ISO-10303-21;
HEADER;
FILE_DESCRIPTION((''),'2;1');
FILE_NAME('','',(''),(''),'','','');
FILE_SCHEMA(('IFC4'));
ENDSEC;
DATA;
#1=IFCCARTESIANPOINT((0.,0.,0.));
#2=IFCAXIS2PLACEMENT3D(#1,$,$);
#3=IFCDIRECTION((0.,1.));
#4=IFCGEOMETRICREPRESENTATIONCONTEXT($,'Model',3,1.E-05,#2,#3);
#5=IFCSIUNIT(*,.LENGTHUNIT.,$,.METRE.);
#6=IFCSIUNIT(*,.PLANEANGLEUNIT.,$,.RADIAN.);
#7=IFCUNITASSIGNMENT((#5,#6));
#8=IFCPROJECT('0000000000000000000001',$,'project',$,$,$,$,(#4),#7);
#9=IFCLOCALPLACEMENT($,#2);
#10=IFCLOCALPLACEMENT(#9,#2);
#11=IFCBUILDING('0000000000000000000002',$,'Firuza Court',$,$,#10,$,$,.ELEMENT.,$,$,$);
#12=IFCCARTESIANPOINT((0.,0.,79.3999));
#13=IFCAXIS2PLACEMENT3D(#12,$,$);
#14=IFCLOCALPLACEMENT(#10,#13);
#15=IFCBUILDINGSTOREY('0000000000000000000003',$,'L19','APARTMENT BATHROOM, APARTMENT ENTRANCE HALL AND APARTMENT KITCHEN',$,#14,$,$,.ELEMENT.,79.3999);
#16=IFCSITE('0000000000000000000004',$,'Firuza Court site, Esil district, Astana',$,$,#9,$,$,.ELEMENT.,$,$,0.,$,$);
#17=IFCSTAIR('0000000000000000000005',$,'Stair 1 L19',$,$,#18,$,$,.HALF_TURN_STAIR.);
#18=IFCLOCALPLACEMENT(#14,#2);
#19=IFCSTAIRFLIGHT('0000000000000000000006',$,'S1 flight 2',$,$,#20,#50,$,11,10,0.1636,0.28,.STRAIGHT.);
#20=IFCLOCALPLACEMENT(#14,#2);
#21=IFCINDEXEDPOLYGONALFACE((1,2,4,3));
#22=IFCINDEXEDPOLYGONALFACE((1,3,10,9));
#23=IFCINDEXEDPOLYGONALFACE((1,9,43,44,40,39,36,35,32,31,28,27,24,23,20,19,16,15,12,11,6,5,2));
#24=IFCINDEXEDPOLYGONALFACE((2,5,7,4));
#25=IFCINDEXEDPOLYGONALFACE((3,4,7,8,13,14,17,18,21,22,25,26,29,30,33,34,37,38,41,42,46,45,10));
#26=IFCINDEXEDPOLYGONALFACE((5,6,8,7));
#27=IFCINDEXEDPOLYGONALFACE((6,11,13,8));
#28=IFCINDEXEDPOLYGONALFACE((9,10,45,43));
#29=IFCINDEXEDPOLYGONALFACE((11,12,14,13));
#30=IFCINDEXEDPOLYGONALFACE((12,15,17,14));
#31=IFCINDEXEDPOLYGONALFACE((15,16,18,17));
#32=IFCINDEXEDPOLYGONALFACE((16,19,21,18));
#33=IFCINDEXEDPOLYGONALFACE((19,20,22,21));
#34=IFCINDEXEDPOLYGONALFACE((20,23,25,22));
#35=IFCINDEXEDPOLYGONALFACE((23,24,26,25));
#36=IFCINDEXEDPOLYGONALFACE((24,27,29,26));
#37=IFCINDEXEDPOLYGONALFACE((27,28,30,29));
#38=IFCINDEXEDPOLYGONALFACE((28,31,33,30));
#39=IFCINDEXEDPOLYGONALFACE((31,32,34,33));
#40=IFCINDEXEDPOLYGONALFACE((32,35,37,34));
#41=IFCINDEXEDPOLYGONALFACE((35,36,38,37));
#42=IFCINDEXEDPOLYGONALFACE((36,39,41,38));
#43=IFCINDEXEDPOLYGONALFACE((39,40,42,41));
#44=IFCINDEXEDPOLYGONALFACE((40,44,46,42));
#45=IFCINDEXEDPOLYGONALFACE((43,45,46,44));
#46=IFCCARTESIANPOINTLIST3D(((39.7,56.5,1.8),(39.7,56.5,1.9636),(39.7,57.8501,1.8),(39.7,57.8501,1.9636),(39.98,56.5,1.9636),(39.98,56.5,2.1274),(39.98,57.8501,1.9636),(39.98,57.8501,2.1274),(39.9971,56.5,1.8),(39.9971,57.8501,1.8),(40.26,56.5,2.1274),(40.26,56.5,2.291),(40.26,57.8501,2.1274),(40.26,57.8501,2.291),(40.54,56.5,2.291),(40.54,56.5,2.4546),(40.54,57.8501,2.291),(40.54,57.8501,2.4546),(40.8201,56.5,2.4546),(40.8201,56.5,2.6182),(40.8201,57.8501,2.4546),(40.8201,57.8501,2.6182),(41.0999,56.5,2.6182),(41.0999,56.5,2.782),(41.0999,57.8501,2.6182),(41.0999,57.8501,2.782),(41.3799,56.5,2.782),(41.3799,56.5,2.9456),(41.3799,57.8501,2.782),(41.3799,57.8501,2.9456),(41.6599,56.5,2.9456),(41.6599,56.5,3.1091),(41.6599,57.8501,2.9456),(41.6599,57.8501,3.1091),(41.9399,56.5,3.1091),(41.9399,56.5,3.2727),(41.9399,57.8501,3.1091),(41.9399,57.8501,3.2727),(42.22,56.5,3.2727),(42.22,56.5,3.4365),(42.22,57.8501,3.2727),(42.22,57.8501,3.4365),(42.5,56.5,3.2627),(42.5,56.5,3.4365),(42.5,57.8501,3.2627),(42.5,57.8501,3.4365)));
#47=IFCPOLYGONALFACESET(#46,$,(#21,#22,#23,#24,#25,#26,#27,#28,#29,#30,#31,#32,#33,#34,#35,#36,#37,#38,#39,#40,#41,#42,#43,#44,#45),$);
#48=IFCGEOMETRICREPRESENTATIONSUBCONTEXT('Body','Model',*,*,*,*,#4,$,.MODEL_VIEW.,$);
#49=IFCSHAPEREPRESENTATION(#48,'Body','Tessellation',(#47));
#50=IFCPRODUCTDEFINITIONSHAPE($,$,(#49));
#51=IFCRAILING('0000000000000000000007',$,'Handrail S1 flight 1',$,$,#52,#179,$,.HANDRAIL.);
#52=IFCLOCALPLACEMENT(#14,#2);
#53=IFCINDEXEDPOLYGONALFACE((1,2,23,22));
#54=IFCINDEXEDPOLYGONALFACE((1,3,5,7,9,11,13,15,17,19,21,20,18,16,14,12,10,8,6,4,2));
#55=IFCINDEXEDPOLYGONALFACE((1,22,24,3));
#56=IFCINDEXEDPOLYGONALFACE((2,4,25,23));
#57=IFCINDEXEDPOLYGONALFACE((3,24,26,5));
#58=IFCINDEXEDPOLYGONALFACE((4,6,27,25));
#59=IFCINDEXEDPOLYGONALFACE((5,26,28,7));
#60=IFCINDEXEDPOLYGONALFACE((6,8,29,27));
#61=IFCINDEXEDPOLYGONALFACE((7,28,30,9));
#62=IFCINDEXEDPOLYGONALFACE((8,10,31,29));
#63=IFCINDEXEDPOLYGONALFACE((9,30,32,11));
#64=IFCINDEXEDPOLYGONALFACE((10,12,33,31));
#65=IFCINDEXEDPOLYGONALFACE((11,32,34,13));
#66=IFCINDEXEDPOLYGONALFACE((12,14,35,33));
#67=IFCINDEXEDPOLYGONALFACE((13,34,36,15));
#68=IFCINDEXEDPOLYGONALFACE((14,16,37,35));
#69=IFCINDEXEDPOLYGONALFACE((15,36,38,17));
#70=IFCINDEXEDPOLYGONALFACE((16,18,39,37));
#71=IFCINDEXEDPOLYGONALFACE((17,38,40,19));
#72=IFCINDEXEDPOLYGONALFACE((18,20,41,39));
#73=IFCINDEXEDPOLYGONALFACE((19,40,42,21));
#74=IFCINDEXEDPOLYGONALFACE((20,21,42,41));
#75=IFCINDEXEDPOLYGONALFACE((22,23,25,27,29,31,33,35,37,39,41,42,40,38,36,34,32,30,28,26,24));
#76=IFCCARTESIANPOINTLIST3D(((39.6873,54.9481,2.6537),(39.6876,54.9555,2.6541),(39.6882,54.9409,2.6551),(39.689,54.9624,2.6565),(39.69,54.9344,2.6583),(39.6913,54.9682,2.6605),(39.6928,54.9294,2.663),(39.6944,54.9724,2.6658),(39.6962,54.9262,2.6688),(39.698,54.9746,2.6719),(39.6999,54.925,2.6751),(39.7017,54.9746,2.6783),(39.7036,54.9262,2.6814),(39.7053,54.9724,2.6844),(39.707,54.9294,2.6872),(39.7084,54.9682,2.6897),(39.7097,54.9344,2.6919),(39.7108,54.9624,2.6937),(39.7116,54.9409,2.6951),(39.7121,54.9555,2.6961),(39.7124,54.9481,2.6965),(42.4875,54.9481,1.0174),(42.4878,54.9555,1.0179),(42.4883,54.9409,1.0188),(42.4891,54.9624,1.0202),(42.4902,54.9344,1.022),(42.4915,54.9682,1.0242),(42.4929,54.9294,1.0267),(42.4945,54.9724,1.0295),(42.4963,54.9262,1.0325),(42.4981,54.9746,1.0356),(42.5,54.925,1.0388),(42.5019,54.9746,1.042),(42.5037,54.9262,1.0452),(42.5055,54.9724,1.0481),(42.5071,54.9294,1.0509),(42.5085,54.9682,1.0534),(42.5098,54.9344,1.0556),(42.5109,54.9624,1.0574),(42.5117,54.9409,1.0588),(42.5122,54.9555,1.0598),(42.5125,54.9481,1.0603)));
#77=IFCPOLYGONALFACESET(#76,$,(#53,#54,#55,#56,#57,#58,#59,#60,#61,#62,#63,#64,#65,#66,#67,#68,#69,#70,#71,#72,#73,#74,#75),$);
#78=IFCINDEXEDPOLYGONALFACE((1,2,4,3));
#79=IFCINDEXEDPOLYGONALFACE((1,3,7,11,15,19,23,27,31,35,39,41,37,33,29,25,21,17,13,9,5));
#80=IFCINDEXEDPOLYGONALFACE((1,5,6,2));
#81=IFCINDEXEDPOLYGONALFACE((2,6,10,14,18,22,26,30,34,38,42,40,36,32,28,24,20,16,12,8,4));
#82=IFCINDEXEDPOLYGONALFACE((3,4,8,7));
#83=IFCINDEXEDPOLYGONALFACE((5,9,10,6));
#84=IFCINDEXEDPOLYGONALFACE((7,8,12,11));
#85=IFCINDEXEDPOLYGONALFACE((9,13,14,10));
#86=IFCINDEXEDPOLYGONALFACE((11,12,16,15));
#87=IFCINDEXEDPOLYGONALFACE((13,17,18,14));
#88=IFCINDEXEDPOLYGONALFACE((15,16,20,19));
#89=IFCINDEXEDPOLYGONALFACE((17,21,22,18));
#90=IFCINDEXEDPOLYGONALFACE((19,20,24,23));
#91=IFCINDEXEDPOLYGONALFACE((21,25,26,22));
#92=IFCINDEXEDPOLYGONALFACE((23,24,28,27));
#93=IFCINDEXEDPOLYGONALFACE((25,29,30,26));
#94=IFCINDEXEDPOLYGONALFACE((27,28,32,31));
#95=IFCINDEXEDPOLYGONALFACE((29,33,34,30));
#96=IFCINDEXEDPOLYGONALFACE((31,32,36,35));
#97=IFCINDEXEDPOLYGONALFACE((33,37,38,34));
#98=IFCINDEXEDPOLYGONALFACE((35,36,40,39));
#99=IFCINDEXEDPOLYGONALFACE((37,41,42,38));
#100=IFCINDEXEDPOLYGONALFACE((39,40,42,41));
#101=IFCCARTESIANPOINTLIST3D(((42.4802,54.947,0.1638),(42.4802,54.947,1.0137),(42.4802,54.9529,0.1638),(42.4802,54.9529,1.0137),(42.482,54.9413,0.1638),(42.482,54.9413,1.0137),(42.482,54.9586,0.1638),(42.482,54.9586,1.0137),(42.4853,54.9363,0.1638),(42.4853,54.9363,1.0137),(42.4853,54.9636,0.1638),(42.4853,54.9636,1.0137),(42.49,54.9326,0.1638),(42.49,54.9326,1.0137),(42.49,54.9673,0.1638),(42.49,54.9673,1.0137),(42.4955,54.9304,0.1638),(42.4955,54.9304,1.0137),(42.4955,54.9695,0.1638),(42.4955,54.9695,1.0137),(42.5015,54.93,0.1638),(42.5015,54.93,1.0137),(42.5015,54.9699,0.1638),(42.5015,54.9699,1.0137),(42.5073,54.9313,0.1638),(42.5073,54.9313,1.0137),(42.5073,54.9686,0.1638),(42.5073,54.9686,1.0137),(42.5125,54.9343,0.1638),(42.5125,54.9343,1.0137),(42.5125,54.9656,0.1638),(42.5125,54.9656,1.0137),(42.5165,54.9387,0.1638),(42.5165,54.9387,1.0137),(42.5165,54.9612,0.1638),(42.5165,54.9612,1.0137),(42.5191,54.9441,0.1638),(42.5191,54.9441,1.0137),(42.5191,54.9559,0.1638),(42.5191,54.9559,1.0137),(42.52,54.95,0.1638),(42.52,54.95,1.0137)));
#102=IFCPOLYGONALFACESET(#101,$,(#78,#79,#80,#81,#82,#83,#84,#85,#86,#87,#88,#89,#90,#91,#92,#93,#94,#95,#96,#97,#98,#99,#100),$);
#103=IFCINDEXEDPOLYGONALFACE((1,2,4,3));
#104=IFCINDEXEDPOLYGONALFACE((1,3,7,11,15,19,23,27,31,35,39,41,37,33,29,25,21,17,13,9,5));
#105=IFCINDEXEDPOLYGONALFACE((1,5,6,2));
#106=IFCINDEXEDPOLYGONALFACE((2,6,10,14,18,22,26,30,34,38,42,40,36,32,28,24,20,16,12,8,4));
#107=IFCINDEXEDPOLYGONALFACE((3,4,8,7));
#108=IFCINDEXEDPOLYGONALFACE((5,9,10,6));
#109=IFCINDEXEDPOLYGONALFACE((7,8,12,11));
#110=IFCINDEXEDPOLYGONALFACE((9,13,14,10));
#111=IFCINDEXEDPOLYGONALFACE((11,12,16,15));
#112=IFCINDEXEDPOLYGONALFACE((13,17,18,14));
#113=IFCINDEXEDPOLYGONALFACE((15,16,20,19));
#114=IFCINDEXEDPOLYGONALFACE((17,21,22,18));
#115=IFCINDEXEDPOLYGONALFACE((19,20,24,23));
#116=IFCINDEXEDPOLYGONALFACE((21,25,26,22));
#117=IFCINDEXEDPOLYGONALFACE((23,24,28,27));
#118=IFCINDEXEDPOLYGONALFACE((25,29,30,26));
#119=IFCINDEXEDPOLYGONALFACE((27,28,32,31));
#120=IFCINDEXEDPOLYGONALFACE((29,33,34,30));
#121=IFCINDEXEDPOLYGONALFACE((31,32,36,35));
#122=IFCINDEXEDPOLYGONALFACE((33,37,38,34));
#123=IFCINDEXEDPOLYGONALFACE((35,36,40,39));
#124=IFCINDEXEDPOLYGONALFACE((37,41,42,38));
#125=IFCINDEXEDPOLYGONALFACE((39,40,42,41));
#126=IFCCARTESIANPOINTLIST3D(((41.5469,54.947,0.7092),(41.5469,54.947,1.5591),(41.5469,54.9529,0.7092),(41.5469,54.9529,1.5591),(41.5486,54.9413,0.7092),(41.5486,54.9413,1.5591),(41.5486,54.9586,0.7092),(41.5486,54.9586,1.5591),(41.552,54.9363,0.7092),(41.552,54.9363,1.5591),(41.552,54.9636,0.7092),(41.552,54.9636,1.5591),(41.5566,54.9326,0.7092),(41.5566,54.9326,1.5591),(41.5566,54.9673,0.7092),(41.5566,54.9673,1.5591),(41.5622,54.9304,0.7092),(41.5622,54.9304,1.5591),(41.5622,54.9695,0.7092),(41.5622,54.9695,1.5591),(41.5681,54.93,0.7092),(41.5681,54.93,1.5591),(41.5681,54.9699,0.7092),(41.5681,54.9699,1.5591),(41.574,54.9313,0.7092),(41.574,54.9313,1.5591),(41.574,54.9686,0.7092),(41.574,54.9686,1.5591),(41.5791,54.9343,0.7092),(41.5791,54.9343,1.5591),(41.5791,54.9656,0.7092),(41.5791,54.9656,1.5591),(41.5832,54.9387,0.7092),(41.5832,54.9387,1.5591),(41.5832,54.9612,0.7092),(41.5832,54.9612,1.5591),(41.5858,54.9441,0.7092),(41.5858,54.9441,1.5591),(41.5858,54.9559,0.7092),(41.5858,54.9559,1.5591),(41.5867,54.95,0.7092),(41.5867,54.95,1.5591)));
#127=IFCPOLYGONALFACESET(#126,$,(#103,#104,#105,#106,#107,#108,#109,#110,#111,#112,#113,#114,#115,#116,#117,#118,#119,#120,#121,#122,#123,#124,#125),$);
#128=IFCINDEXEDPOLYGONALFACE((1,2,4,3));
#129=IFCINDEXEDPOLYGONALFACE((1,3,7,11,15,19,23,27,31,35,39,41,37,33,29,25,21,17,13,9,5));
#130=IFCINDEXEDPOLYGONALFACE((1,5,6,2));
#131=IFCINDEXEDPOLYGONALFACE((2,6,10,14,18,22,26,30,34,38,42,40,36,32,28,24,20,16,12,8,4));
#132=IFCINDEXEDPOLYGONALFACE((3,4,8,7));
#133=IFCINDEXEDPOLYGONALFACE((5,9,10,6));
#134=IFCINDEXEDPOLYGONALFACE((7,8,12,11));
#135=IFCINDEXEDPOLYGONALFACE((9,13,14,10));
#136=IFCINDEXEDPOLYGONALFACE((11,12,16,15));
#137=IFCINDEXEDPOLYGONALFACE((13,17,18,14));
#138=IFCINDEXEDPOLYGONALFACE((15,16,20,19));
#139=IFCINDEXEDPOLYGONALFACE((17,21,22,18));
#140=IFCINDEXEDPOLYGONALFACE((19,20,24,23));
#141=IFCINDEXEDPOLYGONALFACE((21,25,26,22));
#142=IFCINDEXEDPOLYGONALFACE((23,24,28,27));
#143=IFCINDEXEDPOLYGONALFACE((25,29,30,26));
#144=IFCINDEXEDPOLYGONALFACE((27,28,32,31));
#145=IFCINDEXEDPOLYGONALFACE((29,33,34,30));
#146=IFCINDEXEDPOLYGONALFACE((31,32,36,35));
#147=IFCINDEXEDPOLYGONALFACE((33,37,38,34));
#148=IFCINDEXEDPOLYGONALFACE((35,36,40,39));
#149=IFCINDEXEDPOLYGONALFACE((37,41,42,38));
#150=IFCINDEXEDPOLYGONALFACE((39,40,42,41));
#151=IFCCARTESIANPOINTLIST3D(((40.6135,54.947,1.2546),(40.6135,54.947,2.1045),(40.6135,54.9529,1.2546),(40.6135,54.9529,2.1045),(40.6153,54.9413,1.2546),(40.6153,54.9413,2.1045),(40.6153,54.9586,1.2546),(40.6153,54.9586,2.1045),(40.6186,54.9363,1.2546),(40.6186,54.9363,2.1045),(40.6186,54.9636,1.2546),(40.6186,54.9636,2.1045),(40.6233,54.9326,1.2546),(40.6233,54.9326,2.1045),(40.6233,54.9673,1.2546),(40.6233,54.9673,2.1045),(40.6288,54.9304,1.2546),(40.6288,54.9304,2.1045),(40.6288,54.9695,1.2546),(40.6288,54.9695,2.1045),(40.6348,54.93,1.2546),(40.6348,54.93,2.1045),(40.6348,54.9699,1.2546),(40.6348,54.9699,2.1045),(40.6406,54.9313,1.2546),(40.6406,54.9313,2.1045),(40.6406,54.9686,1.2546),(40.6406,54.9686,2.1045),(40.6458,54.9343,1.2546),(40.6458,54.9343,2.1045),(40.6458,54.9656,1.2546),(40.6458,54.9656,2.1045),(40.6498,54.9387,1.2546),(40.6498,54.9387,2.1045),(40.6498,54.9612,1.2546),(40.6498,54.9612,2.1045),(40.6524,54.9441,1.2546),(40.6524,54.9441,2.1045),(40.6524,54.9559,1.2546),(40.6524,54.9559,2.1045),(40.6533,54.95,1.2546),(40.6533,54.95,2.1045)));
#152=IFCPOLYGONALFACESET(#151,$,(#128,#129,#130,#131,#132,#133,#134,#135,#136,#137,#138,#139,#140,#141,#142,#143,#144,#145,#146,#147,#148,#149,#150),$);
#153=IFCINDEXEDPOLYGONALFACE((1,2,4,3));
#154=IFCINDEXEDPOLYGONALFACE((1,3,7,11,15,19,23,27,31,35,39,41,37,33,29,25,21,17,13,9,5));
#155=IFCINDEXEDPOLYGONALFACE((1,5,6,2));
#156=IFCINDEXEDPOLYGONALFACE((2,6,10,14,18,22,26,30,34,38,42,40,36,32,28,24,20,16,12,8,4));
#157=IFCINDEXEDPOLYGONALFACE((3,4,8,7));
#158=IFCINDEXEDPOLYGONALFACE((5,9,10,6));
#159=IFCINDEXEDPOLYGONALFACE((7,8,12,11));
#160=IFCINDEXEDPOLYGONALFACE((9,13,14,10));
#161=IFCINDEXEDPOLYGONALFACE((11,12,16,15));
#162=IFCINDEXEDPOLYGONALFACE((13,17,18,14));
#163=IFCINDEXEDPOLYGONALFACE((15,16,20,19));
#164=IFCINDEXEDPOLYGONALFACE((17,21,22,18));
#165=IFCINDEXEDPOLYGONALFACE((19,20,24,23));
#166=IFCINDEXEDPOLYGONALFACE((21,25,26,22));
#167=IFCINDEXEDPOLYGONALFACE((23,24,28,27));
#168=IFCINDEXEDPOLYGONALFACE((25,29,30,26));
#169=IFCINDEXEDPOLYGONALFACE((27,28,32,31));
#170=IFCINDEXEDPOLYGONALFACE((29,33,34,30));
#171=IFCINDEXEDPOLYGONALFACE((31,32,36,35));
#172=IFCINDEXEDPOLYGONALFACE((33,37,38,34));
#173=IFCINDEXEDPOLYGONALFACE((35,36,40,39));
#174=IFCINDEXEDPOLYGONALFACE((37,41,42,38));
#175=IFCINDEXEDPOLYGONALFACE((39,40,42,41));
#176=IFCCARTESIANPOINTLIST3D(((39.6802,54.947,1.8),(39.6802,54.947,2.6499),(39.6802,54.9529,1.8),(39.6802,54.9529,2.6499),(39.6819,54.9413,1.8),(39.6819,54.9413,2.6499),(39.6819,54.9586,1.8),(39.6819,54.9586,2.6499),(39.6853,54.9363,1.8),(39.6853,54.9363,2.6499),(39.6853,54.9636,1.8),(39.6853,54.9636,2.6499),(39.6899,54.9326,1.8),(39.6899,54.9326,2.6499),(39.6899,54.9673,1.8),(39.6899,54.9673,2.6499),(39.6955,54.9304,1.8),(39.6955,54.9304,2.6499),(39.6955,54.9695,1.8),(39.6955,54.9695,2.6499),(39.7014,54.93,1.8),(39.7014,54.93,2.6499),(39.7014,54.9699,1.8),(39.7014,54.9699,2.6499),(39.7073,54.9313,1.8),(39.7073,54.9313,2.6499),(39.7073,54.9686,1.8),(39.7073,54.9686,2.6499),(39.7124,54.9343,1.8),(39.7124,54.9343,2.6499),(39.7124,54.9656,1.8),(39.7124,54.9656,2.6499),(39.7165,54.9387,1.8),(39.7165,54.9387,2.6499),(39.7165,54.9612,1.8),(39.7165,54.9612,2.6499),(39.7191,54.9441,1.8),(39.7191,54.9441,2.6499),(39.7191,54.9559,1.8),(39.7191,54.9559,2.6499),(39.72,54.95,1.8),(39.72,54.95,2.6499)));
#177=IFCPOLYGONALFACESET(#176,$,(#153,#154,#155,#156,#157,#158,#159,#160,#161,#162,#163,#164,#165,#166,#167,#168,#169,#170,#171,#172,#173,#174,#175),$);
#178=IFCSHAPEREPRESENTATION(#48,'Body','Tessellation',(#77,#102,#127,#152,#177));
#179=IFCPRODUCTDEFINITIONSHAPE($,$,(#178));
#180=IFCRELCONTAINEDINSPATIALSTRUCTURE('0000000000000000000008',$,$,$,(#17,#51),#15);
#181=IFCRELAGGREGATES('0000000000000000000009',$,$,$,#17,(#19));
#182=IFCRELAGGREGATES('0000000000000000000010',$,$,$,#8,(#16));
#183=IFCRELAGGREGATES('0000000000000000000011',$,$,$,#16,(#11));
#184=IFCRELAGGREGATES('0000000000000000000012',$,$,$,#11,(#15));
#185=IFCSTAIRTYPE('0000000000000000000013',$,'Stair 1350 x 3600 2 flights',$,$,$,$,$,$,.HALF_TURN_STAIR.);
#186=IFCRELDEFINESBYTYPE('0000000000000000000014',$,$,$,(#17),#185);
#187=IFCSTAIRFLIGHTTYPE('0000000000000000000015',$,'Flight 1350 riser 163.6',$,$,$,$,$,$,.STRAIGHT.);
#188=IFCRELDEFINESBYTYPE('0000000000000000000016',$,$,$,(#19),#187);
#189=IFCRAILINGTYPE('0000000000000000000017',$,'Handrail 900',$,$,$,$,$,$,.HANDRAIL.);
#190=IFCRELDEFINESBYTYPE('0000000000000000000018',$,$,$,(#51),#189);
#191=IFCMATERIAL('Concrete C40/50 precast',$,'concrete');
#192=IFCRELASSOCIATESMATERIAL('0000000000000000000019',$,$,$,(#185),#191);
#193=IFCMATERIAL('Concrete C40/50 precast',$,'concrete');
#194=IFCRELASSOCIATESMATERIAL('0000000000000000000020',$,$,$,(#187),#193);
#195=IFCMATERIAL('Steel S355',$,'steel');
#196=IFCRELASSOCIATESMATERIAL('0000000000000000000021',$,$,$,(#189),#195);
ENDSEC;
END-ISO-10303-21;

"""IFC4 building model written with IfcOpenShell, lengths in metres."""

from ifc_helpers import new_model, si_unit, direction, frame, origin, origin_2d, place, context, subcontext, project, spatial, polyline, circle, outline, extrude, material, type_object, element, aggregate, save


model = new_model("IFC4")

# Units and contexts
model_context = context("Model", 3, precision=1e-05, world=origin(), true_north=direction((0.0, 1.0)))
body_context = subcontext(model_context, "Body", "Model", "MODEL_VIEW")
ifc_project = project(units=[si_unit("LENGTHUNIT", "METRE"), si_unit("PLANEANGLEUNIT", "RADIAN")], contexts=[model_context])

# Site, building, storey
site_placement = place(None, origin())
site = spatial("IfcSite", under=ifc_project, at=site_placement, Name="Firuza Court site, Esil district, Astana", CompositionType="ELEMENT", RefElevation=0.0)
building_placement = place(site_placement, origin())
building = spatial("IfcBuilding", under=site, at=building_placement, Name="Firuza Court", CompositionType="ELEMENT")
storey_placement = place(building_placement, frame((0.0, 0.0, 79.3999)))
storey = spatial("IfcBuildingStorey", under=building, at=storey_placement, Name="L19", Description="APARTMENT BATHROOM, APARTMENT ENTRANCE HALL AND APARTMENT KITCHEN", CompositionType="ELEMENT", Elevation=79.3999)

# Stair, stair flight
ifc_material_1 = material(Name="Concrete C40/50 precast", Category="concrete")
stair_type = type_object("IfcStairType", Name="Stair 1350 x 3600 2 flights", PredefinedType="HALF_TURN_STAIR", material=ifc_material_1)
stair_placement = place(storey_placement, origin())
stair = element("IfcStair", 1, at=stair_placement, inside=storey, type_object=stair_type, Name="Stair 1 L19", PredefinedType="HALF_TURN_STAIR")
ifc_material_2 = material(Name="Concrete C40/50 precast", Category="concrete")
stair_flight_type = type_object("IfcStairFlightType", Name="Flight 1350 riser 163.6", PredefinedType="STRAIGHT", material=ifc_material_2)
stair_flight_1_placement = place(storey_placement, frame((39.7, 57.175, 1.8), z_axis=(0.0, 0.0, 1.0), x_axis=(1.0, 0.0, 0.0)))
stair_flight_1 = element("IfcStairFlight", 2, at=stair_flight_1_placement, type_object=stair_flight_type, Name="S1 flight 2", NumberOfRisers=11, NumberOfTreads=10, PredefinedType="STRAIGHT", RiserHeight=0.1636, TreadLength=0.28, context=body_context, shape_type="SweptSolid", body=[
    extrude(outline(polyline([(0.0, 0.0), (0.0, 0.1636), (0.28, 0.1636), (0.28, 0.3274), (0.5601, 0.3274), (0.5601, 0.491), (0.8401, 0.491), (0.8401, 0.6545), (1.1201, 0.6545), (1.1201, 0.8181), (1.3999, 0.8181), (1.3999, 0.9819), (1.6799, 0.9819), (1.6799, 1.1455), (1.96, 1.1455), (1.96, 1.3091), (2.24, 1.3091), (2.24, 1.4727), (2.52, 1.4727), (2.52, 1.6365), (2.8, 1.6365), (2.8, 1.8), (2.8, 1.4626), (0.2971, 0.0), (0.0, 0.0)])), frame((0.0, 0.675, 0.0), z_axis=(0.0, -1.0, 0.0), x_axis=(1.0, 0.0, 0.0)), (0.0, 0.0, 1.0), 1.3501),
])
aggregate(stair, [stair_flight_1])

# Railing
ifc_material_3 = material(Name="Steel S355", Category="steel")
railing_type_1 = type_object("IfcRailingType", Name="Handrail 900", PredefinedType="HANDRAIL", material=ifc_material_3)
railing_1_placement = place(storey_placement, frame((42.5, 54.95, 0.1638)))
element("IfcRailing", 3, at=railing_1_placement, inside=storey, type_object=railing_type_1, Name="Handrail S1 flight 1", PredefinedType="HANDRAIL", context=body_context, shape_type="SweptSolid", body=[
    extrude(circle(Radius=0.0249, at=origin_2d()), frame((0.0, 0.0, 0.875), z_axis=(-0.863394, 0.0, 0.504531), x_axis=(0.0, -1.0, 0.0)), (0.0, 0.0, 1.0), 3.2432),
    extrude(circle(Radius=0.02, at=origin_2d()), origin(), (0.0, 0.0, 1.0), 0.8499),
    extrude(circle(Radius=0.02, at=origin_2d()), frame((-0.9333, 0.0, 0.5454)), (0.0, 0.0, 1.0), 0.8499),
    extrude(circle(Radius=0.02, at=origin_2d()), frame((-1.8667, 0.0, 1.0908)), (0.0, 0.0, 1.0), 0.8499),
    extrude(circle(Radius=0.02, at=origin_2d()), frame((-2.8, 0.0, 1.6362)), (0.0, 0.0, 1.0), 0.8499),
])

save(model, "model.ifc")
